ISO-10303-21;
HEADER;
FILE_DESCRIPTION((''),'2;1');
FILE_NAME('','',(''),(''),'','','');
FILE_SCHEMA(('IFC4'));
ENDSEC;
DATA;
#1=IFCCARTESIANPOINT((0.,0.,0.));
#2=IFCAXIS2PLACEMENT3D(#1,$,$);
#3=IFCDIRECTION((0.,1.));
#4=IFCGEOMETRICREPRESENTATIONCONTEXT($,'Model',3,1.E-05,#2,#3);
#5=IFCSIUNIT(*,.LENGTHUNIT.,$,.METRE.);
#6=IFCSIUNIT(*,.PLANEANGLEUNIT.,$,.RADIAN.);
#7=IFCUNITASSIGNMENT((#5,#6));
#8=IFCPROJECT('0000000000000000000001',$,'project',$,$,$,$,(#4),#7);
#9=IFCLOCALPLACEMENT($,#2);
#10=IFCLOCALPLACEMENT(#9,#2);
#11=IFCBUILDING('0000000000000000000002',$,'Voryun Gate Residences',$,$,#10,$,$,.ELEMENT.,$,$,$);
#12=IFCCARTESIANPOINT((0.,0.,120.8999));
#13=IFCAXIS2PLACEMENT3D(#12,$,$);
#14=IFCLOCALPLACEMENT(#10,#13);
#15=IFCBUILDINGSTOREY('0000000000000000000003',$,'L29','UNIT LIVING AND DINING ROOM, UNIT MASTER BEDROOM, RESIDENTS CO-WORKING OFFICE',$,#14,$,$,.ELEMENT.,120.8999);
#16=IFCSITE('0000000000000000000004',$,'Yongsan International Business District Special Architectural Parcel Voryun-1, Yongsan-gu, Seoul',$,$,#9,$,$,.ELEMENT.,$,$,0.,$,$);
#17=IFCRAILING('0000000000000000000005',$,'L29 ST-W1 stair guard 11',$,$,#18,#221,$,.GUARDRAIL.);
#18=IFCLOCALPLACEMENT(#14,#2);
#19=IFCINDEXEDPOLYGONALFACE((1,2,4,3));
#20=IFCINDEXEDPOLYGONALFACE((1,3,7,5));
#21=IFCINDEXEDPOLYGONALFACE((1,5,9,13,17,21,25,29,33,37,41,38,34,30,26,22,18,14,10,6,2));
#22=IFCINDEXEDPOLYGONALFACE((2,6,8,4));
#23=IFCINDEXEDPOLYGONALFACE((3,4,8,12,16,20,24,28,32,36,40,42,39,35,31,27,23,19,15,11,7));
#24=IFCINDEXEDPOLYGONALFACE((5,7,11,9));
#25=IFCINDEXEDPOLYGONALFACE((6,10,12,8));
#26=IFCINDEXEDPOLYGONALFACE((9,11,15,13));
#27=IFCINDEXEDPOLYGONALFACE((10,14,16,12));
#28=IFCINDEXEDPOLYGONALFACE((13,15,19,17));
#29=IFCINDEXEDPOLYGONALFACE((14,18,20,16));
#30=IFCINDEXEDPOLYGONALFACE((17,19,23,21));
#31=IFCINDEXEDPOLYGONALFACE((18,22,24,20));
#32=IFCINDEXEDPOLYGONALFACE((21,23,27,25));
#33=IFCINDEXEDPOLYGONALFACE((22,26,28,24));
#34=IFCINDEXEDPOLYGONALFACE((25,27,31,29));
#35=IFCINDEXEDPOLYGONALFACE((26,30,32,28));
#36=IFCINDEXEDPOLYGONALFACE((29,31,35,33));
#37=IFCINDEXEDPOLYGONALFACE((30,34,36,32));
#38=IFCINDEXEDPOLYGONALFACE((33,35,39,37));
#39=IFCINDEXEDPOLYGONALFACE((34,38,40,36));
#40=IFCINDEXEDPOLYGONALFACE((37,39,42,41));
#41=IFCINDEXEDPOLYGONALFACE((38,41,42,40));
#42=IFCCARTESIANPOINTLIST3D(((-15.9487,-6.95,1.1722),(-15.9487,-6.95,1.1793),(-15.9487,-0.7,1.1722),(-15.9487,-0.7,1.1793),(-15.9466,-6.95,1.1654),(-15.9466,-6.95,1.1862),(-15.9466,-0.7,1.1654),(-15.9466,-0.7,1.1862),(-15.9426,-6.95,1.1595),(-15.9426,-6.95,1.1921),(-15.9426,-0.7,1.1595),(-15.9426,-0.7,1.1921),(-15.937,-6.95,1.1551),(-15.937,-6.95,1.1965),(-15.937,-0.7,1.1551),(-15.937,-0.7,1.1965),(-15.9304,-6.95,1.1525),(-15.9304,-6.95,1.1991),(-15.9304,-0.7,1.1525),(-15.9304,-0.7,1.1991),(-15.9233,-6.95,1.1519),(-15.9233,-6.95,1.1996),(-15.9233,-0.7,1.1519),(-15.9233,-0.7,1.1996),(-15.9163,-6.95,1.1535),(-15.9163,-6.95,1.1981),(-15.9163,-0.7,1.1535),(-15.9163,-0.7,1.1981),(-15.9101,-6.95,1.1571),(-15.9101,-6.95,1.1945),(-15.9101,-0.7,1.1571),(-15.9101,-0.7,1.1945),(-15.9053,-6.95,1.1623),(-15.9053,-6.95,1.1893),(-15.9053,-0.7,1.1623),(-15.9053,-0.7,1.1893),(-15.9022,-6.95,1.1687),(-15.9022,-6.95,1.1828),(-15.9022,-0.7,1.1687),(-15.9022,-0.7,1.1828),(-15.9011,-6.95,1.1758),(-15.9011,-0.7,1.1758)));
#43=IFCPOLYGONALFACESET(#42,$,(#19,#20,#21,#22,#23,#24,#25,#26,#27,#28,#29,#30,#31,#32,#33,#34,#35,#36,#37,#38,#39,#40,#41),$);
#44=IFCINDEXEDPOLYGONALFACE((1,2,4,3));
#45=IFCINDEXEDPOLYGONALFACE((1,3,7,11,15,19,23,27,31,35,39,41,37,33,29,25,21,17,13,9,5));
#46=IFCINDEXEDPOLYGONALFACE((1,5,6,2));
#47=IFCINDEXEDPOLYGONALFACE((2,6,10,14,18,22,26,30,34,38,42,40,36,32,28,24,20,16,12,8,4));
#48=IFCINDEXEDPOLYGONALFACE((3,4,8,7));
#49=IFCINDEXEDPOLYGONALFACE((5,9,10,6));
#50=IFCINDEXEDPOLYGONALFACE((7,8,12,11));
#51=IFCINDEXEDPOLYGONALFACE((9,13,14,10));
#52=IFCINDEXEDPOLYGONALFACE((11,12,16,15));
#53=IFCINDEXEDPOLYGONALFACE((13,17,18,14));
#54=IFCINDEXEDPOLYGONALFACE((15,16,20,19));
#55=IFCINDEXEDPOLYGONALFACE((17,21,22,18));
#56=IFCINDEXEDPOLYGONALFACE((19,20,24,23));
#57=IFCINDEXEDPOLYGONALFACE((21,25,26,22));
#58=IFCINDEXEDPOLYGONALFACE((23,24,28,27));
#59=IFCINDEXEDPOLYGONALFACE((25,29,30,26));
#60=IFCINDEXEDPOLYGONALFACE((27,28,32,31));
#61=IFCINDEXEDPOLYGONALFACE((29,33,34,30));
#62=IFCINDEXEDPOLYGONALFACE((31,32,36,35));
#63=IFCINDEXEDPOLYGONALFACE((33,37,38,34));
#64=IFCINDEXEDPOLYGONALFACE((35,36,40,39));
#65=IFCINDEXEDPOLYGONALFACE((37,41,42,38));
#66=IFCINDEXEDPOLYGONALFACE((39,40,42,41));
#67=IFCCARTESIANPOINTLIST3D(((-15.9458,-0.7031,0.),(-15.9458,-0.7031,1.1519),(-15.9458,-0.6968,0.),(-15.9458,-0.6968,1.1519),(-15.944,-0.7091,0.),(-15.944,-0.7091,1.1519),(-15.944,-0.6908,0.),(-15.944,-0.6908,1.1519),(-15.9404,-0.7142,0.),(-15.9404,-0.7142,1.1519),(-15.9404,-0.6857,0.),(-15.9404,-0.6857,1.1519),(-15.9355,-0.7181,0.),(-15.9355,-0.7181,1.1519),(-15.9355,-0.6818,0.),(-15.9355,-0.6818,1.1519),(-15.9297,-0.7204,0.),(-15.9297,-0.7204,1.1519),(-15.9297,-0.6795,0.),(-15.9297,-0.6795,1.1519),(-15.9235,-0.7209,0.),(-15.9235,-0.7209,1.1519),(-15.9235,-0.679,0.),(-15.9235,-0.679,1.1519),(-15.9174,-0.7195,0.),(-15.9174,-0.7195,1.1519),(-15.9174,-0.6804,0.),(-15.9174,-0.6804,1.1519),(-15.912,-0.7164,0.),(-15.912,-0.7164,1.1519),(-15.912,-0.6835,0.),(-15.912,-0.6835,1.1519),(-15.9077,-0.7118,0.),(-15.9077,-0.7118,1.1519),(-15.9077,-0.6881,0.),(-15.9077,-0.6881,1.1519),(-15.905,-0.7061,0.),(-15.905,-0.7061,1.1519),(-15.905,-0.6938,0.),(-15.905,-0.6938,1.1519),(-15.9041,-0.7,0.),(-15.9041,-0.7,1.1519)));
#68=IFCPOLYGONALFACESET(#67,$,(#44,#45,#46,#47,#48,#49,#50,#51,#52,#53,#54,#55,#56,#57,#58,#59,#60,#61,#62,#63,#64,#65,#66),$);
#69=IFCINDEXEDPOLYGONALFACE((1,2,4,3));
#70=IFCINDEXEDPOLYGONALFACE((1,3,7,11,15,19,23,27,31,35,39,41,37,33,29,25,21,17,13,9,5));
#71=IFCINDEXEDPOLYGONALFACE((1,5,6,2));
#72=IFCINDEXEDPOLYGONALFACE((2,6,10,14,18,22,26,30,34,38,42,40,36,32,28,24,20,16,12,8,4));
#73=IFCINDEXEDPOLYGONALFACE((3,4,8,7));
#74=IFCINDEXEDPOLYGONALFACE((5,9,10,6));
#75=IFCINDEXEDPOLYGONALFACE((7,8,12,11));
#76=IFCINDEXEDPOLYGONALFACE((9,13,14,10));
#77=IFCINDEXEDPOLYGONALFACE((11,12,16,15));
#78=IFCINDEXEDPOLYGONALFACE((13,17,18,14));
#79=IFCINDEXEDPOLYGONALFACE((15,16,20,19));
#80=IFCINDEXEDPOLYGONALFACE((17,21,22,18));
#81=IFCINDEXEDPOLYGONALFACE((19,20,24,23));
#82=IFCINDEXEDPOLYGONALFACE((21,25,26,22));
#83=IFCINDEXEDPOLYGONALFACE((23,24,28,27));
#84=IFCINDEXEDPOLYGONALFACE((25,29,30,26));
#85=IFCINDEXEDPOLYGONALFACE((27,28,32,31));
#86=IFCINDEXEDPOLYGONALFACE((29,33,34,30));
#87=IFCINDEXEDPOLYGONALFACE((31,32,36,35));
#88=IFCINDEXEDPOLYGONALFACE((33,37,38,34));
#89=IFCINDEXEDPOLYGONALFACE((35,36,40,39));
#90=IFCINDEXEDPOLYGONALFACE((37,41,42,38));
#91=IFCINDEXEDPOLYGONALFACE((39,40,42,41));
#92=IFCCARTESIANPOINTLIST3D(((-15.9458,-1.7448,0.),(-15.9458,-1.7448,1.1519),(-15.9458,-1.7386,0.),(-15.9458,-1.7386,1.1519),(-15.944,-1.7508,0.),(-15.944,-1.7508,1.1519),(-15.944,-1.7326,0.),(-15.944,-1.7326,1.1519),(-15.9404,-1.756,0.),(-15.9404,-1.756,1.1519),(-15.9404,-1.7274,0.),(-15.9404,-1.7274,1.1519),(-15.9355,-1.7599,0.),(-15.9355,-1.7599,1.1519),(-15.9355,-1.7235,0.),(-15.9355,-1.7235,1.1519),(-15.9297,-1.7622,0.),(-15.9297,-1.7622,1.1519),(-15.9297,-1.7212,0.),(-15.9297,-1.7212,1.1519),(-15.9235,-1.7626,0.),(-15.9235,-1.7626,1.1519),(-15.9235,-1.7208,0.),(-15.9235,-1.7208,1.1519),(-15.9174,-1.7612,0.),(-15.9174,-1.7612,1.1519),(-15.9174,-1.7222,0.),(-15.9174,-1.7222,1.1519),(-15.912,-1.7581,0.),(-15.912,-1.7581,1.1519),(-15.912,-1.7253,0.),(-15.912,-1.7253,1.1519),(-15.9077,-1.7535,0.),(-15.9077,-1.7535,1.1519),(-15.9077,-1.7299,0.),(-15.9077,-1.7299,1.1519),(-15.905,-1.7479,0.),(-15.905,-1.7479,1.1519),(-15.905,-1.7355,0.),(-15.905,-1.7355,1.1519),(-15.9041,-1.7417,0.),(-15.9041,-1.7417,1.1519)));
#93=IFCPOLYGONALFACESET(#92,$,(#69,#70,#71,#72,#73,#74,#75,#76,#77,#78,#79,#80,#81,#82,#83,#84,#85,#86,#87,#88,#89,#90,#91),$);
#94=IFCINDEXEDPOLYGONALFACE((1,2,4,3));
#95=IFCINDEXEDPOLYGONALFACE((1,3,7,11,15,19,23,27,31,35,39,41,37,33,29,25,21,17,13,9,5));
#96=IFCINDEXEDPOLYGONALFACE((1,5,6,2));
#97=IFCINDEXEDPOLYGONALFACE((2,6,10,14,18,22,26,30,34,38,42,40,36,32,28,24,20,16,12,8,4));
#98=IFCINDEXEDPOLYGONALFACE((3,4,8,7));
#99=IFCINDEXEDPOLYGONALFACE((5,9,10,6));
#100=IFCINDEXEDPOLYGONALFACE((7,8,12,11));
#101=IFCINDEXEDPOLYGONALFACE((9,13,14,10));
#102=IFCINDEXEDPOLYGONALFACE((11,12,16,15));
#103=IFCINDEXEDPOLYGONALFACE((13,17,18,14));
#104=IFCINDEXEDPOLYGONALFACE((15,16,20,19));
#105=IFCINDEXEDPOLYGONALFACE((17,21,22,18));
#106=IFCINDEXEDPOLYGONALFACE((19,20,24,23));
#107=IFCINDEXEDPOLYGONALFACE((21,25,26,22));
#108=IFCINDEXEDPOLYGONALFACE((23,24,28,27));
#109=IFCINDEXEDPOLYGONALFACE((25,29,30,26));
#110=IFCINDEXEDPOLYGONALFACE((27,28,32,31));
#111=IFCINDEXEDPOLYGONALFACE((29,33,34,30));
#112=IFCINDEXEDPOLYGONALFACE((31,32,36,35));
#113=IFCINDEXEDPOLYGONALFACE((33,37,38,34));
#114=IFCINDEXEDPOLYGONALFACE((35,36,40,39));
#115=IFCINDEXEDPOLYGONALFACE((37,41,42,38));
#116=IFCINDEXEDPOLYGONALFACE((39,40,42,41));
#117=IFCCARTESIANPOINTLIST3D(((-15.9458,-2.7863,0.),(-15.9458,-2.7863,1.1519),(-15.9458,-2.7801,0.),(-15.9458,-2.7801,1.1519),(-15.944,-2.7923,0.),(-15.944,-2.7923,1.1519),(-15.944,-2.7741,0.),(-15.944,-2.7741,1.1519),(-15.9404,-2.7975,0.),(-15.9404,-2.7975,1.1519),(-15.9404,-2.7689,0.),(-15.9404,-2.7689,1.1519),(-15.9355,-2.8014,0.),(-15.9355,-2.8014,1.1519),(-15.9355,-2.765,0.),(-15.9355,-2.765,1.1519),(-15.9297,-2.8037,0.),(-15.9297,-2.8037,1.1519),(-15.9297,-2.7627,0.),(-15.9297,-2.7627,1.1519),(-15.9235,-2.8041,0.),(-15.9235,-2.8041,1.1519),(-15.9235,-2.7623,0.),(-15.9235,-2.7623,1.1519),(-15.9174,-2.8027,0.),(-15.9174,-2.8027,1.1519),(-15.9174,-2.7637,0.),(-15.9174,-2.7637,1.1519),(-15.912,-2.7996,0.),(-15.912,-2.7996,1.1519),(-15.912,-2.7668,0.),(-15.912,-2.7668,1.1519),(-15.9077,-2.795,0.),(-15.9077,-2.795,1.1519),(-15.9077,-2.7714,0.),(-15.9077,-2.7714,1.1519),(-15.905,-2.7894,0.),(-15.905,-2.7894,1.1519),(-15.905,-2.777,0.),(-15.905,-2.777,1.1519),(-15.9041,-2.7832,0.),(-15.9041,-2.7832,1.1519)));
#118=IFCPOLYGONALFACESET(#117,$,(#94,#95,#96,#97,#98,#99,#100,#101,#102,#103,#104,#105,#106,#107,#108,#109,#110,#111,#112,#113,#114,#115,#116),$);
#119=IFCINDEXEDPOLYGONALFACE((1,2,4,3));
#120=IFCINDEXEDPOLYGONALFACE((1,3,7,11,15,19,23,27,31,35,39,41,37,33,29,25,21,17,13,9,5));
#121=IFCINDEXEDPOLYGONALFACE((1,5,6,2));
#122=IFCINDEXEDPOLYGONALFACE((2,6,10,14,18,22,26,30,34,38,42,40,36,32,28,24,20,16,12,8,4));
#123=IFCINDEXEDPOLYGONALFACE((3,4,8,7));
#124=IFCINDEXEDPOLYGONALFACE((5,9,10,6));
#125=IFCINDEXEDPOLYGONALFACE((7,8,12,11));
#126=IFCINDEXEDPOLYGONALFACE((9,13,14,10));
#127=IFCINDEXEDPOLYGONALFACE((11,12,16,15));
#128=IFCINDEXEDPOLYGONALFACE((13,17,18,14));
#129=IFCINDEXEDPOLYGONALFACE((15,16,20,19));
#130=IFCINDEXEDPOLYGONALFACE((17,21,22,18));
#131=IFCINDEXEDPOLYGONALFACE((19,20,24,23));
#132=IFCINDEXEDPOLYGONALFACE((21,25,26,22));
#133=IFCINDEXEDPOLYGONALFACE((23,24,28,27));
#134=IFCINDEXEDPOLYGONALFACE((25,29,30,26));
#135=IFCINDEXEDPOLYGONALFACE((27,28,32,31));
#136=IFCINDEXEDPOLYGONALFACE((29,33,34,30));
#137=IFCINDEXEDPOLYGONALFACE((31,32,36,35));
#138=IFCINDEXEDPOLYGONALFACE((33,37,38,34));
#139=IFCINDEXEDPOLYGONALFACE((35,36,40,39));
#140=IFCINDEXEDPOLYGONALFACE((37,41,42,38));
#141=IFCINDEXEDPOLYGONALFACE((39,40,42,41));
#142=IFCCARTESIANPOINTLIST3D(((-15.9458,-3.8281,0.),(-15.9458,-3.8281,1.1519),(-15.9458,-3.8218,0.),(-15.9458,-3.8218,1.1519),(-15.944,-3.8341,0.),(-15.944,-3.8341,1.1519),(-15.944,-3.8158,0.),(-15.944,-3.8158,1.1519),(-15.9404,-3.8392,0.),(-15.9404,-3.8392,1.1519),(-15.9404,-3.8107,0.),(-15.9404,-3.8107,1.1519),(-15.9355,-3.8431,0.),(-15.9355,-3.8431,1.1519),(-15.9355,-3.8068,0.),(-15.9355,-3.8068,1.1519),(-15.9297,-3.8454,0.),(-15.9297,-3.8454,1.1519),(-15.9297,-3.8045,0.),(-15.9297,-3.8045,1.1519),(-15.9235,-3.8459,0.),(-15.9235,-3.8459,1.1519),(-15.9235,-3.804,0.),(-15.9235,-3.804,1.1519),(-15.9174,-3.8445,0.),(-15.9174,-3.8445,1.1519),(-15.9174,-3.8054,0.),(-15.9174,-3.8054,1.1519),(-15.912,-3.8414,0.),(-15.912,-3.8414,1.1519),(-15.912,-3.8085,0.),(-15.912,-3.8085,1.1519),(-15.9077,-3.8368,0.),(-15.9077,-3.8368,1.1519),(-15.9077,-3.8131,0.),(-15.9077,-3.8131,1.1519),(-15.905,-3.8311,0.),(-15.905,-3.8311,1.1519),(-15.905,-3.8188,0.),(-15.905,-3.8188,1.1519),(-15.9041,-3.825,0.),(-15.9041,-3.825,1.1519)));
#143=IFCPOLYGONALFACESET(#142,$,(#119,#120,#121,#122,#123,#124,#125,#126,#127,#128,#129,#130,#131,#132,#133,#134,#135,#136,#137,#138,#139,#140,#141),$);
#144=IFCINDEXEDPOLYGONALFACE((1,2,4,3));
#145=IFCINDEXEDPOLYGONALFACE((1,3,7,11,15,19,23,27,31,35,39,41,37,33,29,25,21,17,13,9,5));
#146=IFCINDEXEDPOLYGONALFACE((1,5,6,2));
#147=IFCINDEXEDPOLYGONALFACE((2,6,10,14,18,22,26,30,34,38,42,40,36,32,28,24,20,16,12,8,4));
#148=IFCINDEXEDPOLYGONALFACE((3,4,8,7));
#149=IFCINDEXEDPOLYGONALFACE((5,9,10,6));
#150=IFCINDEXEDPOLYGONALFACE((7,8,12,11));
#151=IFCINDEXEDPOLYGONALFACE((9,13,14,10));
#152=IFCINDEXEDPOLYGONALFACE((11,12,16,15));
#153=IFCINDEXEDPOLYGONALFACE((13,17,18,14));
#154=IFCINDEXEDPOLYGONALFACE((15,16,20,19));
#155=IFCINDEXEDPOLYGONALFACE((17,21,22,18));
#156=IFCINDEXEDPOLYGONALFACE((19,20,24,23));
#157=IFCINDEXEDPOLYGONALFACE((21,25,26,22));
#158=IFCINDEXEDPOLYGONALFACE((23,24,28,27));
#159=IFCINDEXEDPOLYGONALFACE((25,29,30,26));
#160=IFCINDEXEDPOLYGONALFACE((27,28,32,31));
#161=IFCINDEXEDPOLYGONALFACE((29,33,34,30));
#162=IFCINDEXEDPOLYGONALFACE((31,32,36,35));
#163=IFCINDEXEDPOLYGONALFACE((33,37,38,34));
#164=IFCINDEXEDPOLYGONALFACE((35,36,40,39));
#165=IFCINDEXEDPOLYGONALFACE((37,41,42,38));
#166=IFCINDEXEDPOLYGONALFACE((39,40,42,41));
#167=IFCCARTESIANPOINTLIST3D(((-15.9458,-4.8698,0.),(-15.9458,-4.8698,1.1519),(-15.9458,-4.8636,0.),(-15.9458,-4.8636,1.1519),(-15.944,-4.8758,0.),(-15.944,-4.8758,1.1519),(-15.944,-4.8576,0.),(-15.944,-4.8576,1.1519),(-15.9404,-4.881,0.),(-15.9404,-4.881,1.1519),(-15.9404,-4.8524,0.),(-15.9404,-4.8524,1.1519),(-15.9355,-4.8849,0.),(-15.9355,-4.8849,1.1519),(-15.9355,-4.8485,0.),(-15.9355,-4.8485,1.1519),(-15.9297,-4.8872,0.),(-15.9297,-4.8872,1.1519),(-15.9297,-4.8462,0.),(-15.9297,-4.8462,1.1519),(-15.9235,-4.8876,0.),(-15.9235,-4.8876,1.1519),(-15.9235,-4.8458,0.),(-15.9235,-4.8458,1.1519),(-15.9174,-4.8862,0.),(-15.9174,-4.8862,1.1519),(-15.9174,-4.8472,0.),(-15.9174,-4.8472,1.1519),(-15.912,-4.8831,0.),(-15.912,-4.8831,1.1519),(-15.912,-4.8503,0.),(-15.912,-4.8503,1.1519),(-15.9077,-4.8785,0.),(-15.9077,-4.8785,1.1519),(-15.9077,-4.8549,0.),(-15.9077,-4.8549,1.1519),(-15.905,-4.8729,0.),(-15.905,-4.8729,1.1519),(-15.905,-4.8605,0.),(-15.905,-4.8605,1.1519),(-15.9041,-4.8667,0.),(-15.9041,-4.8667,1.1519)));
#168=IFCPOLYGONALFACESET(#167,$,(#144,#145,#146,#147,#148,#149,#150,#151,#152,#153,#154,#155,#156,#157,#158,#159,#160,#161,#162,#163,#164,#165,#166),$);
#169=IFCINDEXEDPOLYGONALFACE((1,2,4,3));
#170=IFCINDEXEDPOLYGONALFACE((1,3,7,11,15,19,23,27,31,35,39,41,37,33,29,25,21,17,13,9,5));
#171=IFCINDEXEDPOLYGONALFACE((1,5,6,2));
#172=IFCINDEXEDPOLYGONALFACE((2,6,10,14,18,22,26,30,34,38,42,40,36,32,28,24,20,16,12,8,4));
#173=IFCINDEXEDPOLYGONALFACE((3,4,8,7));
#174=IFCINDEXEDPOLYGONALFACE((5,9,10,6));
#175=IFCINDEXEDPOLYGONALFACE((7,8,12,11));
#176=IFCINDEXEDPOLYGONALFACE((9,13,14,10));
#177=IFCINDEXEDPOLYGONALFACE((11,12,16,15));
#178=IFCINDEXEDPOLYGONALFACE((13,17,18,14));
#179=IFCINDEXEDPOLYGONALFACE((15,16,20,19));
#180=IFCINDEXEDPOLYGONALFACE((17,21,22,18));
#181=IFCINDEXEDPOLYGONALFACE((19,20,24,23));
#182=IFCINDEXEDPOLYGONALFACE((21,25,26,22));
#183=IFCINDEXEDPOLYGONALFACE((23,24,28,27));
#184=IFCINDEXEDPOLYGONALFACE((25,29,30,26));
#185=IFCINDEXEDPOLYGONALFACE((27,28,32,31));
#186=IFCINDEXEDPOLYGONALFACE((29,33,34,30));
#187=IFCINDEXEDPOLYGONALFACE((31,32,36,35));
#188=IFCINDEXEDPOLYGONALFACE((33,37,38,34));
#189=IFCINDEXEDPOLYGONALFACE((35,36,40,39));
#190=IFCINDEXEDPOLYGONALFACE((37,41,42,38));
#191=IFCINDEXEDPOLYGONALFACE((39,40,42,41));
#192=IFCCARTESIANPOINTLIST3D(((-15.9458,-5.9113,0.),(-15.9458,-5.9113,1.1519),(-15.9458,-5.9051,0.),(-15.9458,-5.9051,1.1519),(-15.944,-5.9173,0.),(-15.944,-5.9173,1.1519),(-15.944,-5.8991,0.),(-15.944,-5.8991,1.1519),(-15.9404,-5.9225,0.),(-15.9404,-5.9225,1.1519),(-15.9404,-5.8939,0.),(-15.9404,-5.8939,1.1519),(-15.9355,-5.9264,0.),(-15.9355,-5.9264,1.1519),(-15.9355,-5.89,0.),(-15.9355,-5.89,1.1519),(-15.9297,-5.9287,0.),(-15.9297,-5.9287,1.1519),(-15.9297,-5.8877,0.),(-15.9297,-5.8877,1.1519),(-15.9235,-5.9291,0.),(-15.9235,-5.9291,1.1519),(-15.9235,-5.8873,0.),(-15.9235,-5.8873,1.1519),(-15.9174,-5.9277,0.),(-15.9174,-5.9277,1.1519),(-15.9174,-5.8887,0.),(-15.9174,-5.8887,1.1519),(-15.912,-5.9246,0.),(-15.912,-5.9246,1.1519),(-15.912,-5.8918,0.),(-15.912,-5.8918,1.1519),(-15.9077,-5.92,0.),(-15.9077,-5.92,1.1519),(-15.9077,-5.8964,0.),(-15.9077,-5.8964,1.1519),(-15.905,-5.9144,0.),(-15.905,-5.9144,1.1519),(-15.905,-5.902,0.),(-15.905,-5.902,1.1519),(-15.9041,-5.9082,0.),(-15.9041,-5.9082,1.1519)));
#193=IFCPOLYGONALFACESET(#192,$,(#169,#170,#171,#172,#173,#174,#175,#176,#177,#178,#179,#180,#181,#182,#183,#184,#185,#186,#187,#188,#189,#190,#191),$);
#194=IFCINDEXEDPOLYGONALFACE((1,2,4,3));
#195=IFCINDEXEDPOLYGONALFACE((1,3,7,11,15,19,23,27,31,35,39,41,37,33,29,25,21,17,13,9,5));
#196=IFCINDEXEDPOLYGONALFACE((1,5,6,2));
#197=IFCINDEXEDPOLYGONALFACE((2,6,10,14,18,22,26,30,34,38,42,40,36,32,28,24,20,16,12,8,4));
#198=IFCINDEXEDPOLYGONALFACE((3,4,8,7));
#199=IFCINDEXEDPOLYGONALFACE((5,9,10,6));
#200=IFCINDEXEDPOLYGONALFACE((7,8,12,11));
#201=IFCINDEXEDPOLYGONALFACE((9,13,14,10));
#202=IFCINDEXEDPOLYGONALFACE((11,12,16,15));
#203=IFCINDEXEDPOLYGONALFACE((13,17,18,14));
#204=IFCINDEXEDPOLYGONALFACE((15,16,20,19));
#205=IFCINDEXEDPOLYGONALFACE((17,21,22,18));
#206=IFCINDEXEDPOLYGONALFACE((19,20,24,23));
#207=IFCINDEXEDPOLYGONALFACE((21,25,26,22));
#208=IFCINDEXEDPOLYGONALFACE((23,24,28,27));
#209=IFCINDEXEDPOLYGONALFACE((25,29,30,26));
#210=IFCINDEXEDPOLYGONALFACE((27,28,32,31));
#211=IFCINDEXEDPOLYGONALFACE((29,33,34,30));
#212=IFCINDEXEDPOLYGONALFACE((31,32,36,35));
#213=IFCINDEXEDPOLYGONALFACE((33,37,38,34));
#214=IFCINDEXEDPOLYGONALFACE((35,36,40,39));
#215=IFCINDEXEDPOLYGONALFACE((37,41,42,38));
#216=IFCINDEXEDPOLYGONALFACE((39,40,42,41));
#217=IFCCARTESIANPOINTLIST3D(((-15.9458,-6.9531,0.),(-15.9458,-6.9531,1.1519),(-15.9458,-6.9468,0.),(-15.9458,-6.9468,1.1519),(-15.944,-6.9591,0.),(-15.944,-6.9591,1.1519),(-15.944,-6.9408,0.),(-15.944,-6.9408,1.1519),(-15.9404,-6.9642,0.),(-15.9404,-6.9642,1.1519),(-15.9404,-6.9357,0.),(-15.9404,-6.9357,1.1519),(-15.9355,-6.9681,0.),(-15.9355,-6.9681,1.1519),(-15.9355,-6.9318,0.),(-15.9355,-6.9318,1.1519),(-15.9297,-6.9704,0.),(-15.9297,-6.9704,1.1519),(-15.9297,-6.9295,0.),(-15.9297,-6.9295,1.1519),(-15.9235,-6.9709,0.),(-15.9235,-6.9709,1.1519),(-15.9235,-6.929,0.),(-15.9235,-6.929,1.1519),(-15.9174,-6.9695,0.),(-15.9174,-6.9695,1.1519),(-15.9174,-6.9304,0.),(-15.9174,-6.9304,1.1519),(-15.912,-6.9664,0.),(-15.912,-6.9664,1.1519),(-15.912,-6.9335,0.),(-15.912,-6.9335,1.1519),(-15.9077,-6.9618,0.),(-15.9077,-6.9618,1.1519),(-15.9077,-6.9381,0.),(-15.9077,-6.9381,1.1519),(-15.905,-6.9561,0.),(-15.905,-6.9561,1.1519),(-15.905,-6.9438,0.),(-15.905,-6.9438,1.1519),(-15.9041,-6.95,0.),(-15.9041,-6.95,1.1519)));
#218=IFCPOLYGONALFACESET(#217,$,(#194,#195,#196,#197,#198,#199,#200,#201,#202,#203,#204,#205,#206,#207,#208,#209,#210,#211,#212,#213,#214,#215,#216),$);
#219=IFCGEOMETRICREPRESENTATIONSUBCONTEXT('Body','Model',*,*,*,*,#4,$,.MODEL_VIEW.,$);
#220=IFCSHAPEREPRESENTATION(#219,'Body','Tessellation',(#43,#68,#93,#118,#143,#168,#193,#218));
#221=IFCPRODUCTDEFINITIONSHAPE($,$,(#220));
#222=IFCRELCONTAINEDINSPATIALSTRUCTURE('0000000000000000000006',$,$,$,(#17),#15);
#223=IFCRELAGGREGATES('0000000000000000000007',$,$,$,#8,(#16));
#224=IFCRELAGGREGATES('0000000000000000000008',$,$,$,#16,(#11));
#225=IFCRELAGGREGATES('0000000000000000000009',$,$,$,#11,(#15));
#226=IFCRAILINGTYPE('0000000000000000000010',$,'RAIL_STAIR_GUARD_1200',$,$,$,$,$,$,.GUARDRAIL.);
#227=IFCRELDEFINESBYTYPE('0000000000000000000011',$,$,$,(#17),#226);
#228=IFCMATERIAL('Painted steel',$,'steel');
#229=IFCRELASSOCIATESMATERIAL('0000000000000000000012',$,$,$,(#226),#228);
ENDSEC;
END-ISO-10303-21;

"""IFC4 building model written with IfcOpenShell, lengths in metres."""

from ifc_helpers import new_model, si_unit, direction, frame, origin, origin_2d, place, context, subcontext, project, spatial, circle, extrude, material, type_object, element, save


model = new_model("IFC4")

# Units and contexts
model_context = context("Model", 3, precision=1e-05, world=origin(), true_north=direction((0.0, 1.0)))
body_context = subcontext(model_context, "Body", "Model", "MODEL_VIEW")
ifc_project = project(units=[si_unit("LENGTHUNIT", "METRE"), si_unit("PLANEANGLEUNIT", "RADIAN")], contexts=[model_context])

# Site, building, storey
site_placement = place(None, origin())
site = spatial("IfcSite", under=ifc_project, at=site_placement, Name="Yongsan International Business District Special Architectural Parcel Voryun-1, Yongsan-gu, Seoul", CompositionType="ELEMENT", RefElevation=0.0)
building_placement = place(site_placement, origin())
building = spatial("IfcBuilding", under=site, at=building_placement, Name="Voryun Gate Residences", CompositionType="ELEMENT")
storey_placement = place(building_placement, frame((0.0, 0.0, 120.8999)))
storey = spatial("IfcBuildingStorey", under=building, at=storey_placement, Name="L29", Description="UNIT LIVING AND DINING ROOM, UNIT MASTER BEDROOM, RESIDENTS CO-WORKING OFFICE", CompositionType="ELEMENT", Elevation=120.8999)

# Railing
ifc_material_1 = material(Name="Painted steel", Category="steel")
railing_type = type_object("IfcRailingType", Name="RAIL_STAIR_GUARD_1200", PredefinedType="GUARDRAIL", material=ifc_material_1)
railing_1_placement = place(storey_placement, frame((-15.925, -0.7, 0.0)))
element("IfcRailing", 1, at=railing_1_placement, inside=storey, type_object=railing_type, Name="L29 ST-W1 stair guard 11", PredefinedType="GUARDRAIL", context=body_context, shape_type="SweptSolid", body=[
    extrude(circle(Radius=0.0239, at=origin_2d()), frame((0.0, 0.0, 1.1758), z_axis=(0.0, -1.0, 0.0), x_axis=(1.0, 0.0, 0.0)), (0.0, 0.0, 1.0), 6.25),
    extrude(circle(Radius=0.021, at=origin_2d()), origin(), (0.0, 0.0, 1.0), 1.1519),
    extrude(circle(Radius=0.021, at=origin_2d()), frame((0.0, -1.0417, 0.0)), (0.0, 0.0, 1.0), 1.1519),
    extrude(circle(Radius=0.021, at=origin_2d()), frame((0.0, -2.0833, 0.0)), (0.0, 0.0, 1.0), 1.1519),
    extrude(circle(Radius=0.021, at=origin_2d()), frame((0.0, -3.125, 0.0)), (0.0, 0.0, 1.0), 1.1519),
    extrude(circle(Radius=0.021, at=origin_2d()), frame((0.0, -4.1667, 0.0)), (0.0, 0.0, 1.0), 1.1519),
    extrude(circle(Radius=0.021, at=origin_2d()), frame((0.0, -5.2083, 0.0)), (0.0, 0.0, 1.0), 1.1519),
    extrude(circle(Radius=0.021, at=origin_2d()), frame((0.0, -6.25, 0.0)), (0.0, 0.0, 1.0), 1.1519),
])

save(model, "model.ifc")
